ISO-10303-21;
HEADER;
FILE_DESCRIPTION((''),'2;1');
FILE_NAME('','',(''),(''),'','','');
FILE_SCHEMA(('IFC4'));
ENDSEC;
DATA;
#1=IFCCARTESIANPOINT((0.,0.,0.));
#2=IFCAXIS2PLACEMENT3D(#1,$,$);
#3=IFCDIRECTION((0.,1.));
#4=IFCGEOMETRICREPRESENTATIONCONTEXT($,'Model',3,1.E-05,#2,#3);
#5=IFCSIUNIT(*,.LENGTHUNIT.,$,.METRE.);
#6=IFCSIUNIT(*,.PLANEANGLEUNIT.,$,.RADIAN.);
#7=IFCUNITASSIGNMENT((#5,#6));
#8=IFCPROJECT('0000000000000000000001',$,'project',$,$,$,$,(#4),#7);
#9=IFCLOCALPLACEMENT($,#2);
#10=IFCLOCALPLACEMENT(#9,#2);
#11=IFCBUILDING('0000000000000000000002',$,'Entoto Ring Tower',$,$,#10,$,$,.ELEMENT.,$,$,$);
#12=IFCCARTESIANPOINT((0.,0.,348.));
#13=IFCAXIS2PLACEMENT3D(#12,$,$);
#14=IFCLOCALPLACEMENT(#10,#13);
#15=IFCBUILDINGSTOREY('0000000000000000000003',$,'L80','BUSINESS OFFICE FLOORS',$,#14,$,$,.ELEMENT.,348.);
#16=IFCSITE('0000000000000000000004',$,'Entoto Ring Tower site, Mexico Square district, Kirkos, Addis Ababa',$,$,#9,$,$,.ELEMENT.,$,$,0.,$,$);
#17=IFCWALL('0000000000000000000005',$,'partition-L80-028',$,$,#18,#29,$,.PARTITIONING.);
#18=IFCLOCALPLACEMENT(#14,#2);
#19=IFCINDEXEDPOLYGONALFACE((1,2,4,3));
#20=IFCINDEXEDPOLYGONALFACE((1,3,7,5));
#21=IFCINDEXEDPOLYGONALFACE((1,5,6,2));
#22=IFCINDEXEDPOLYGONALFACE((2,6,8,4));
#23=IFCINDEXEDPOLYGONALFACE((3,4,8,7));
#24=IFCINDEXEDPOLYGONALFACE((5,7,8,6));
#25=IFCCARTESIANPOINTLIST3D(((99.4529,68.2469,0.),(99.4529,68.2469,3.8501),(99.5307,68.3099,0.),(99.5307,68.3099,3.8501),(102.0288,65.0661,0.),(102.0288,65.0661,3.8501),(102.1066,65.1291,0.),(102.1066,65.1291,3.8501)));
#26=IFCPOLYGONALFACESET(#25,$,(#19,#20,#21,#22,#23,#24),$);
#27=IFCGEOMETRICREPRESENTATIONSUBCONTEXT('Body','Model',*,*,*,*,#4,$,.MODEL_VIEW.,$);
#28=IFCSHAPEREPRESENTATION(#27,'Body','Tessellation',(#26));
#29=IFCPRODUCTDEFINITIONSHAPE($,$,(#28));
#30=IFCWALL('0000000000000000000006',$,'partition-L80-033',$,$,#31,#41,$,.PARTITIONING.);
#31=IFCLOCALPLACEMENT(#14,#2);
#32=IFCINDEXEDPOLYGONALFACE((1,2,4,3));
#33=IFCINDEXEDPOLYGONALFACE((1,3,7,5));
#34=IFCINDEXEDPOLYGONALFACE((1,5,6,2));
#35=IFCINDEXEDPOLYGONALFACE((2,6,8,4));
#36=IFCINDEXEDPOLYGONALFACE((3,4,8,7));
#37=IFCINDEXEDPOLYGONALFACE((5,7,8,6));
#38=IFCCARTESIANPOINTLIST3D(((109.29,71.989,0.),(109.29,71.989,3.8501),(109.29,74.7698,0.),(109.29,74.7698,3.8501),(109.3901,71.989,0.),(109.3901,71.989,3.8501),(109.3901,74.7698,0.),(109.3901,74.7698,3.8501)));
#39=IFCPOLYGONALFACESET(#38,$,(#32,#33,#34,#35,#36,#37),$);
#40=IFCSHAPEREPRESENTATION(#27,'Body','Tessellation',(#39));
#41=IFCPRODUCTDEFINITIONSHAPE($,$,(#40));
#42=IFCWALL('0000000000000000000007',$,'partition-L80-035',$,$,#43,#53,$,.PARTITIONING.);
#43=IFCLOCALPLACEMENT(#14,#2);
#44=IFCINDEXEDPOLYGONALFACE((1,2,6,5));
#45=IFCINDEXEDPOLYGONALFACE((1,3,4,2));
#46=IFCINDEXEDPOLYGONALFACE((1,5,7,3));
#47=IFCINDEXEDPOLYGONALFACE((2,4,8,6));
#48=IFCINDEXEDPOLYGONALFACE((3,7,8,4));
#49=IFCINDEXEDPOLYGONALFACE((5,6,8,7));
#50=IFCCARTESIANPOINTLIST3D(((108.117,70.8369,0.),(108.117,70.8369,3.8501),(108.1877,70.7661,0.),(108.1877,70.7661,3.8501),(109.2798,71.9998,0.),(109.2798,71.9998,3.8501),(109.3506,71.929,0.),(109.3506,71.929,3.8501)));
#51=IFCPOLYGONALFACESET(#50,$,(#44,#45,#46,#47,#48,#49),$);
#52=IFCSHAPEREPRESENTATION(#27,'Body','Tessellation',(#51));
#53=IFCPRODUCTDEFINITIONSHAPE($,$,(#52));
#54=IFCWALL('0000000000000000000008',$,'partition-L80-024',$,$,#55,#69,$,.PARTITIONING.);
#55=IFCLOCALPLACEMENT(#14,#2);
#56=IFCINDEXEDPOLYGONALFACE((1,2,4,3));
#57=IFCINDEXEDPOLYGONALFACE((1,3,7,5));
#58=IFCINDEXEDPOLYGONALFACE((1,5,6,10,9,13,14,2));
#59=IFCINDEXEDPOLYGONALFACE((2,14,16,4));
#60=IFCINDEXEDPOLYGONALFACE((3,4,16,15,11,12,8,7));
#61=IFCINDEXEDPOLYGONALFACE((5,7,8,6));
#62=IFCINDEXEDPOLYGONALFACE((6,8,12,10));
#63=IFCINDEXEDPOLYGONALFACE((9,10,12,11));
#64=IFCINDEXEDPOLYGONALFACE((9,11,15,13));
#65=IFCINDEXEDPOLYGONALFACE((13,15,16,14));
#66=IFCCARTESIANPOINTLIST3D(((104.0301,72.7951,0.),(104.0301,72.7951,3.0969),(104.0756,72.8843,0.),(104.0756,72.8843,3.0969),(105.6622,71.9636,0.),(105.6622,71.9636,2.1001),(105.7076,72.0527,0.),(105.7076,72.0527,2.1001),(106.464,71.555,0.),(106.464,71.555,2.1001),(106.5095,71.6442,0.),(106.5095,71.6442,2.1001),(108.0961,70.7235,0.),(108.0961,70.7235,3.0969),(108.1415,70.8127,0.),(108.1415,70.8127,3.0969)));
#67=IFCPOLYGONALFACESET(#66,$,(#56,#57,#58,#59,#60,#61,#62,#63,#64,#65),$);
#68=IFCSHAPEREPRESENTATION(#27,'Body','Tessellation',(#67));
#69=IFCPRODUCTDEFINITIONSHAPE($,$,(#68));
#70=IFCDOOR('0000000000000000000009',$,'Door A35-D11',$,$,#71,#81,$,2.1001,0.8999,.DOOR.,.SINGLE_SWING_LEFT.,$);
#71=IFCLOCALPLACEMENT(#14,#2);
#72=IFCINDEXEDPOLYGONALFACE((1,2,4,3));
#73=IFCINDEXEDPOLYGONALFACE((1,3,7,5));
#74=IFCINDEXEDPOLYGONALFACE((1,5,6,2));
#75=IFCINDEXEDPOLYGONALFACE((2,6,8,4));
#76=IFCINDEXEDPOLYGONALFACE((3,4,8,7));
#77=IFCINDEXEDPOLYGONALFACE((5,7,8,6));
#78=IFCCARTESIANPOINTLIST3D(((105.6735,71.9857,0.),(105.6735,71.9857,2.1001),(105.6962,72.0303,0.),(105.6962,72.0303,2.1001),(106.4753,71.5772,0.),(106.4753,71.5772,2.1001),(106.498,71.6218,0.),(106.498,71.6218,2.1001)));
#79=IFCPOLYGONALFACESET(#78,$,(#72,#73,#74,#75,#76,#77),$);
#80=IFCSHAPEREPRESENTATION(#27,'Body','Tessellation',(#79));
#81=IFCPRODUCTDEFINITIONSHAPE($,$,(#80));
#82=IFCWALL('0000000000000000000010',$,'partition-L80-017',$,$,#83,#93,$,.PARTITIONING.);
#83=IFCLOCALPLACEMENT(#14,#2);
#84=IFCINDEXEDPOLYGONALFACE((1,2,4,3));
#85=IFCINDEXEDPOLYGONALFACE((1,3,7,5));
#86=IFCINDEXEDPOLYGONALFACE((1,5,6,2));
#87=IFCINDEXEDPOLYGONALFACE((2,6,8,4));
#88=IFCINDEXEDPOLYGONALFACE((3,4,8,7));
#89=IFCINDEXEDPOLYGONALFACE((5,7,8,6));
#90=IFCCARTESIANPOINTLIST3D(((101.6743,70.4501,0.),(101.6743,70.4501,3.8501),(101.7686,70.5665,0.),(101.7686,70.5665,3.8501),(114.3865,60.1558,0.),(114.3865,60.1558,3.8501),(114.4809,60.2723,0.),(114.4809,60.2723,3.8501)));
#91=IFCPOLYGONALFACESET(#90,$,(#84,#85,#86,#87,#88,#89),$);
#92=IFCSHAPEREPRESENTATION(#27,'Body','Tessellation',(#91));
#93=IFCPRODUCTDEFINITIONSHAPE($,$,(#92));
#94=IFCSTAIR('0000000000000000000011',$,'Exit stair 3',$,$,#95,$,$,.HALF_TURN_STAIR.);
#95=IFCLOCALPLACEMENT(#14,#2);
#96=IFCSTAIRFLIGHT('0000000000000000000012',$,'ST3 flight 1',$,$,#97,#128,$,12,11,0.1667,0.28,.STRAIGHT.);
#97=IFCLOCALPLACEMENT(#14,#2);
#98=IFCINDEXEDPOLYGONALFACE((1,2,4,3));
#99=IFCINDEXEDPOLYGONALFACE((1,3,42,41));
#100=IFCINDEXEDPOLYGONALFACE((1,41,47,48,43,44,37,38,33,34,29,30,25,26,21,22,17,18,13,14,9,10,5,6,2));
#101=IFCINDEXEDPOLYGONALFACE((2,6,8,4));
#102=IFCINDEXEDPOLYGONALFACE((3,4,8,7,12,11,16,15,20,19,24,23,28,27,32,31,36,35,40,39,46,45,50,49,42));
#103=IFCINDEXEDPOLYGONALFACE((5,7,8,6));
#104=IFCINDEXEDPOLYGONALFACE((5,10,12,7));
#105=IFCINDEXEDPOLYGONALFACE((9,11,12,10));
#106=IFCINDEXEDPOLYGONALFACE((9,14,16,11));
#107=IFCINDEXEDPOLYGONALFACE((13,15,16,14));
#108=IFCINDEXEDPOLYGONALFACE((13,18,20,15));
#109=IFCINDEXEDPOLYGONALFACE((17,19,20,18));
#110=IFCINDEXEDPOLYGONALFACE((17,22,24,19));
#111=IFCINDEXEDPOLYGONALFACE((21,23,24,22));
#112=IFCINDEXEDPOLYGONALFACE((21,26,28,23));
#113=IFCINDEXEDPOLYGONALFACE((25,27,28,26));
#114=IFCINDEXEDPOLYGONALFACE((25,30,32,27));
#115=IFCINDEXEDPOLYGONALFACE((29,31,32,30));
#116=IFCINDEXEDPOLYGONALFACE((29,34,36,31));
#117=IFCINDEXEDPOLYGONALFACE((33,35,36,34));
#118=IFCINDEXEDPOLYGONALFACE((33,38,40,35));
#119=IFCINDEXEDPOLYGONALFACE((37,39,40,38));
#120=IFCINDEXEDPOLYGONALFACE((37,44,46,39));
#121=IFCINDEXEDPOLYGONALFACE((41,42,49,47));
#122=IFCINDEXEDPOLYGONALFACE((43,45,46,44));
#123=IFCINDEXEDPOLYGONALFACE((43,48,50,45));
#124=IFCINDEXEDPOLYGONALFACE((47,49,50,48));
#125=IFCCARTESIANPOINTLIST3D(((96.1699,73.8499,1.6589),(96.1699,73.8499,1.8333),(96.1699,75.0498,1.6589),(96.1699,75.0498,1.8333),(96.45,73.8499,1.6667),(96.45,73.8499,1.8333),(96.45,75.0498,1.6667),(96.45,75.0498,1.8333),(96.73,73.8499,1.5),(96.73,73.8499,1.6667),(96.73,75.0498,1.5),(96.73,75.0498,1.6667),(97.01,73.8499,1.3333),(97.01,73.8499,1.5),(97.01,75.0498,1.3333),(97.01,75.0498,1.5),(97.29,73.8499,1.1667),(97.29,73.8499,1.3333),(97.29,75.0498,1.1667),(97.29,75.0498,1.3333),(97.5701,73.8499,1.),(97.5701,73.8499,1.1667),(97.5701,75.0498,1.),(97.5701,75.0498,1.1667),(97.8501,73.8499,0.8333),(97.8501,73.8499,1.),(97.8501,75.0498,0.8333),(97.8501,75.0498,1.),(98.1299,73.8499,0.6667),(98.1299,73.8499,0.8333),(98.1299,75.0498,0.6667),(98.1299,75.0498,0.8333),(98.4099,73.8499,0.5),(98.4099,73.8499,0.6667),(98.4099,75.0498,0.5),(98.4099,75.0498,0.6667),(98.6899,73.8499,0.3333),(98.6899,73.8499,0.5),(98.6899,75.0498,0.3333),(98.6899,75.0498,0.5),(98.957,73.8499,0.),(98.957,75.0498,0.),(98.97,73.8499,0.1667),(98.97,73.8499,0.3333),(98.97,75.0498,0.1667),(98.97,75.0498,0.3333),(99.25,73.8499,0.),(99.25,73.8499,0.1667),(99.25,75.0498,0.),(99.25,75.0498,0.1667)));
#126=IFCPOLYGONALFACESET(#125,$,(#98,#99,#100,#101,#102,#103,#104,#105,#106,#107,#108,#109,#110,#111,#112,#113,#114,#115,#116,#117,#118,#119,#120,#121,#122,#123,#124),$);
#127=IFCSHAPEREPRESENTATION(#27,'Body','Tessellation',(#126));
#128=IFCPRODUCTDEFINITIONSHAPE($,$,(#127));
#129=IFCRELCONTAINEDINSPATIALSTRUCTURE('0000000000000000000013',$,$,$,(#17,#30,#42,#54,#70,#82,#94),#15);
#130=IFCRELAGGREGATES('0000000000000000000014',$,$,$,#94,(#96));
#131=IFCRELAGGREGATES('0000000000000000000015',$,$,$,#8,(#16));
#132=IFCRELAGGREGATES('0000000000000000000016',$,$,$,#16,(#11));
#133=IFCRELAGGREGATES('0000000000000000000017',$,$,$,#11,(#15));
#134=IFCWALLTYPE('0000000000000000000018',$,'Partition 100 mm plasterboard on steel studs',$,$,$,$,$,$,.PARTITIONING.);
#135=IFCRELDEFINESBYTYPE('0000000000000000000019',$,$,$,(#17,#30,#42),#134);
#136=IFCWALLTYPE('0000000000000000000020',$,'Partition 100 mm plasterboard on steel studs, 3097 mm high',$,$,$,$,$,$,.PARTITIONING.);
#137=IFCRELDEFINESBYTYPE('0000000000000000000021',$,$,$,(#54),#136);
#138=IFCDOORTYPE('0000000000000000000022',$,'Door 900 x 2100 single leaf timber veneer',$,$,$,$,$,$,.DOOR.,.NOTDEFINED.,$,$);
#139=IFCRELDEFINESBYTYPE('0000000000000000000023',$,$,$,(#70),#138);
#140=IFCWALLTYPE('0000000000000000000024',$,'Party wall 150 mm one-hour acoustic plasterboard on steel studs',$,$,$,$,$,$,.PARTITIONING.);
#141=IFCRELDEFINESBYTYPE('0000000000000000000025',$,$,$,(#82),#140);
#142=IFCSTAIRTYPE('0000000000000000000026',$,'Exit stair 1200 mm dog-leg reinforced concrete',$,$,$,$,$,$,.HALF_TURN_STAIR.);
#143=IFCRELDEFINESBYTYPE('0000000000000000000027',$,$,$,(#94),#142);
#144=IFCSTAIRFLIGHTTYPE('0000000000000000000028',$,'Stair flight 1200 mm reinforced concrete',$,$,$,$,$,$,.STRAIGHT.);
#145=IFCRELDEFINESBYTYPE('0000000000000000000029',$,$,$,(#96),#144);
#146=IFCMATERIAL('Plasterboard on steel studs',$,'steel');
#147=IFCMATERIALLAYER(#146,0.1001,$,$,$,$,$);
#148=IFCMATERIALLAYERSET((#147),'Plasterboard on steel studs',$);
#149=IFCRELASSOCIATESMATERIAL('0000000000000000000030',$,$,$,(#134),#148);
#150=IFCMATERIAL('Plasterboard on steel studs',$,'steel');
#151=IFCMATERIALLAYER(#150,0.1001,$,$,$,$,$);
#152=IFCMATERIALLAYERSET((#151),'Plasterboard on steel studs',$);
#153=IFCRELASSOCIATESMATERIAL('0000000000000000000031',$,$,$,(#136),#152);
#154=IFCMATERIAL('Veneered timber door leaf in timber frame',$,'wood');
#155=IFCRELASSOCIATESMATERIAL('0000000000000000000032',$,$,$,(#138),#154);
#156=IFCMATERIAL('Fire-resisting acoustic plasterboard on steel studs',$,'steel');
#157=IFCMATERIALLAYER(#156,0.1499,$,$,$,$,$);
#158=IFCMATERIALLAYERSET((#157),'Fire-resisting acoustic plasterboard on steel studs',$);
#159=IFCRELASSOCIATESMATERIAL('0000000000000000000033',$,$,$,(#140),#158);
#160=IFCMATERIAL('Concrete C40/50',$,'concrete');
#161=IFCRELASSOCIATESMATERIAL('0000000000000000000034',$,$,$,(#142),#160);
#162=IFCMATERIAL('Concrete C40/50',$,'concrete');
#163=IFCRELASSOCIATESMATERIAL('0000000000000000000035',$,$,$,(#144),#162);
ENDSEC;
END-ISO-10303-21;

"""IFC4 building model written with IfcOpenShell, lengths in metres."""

from ifc_helpers import new_model, si_unit, direction, frame, frame_2d, origin, place, context, subcontext, project, spatial, polyline, rectangle, outline, extrude, material, layer, layer_set, type_object, element, fill, aggregate, save


model = new_model("IFC4")

# Units and contexts
model_context = context("Model", 3, precision=1e-05, world=origin(), true_north=direction((0.0, 1.0)))
body_context = subcontext(model_context, "Body", "Model", "MODEL_VIEW")
ifc_project = project(units=[si_unit("LENGTHUNIT", "METRE"), si_unit("PLANEANGLEUNIT", "RADIAN")], contexts=[model_context])

# Site, building, storey
site_placement = place(None, origin())
site = spatial("IfcSite", under=ifc_project, at=site_placement, Name="Entoto Ring Tower site, Mexico Square district, Kirkos, Addis Ababa", CompositionType="ELEMENT", RefElevation=0.0)
building_placement = place(site_placement, origin())
building = spatial("IfcBuilding", under=site, at=building_placement, Name="Entoto Ring Tower", CompositionType="ELEMENT")
storey_placement = place(building_placement, frame((0.0, 0.0, 348.0)))
storey = spatial("IfcBuildingStorey", under=building, at=storey_placement, Name="L80", Description="BUSINESS OFFICE FLOORS", CompositionType="ELEMENT", Elevation=348.0)

# Walls
ifc_material_1 = material(Name="Plasterboard on steel studs", Category="steel")
ifc_layer_1 = layer(ifc_material_1, 0.1001)
ifc_layer_set_1 = layer_set([ifc_layer_1], Name="Plasterboard on steel studs")
wall_type_1 = type_object("IfcWallType", Name="Partition 100 mm plasterboard on steel studs", PredefinedType="PARTITIONING", material=ifc_layer_set_1)
wall_1_placement = place(storey_placement, frame((102.0676, 65.0977, 0.0), z_axis=(0.0, 0.0, 1.0), x_axis=(-0.629332, 0.777137, 0.0)))
element("IfcWall", 1, at=wall_1_placement, inside=storey, type_object=wall_type_1, Name="partition-L80-028", PredefinedType="PARTITIONING", context=body_context, shape_type="SweptSolid", body=[
    extrude(rectangle(XDim=4.093, YDim=0.1001, at=frame_2d((2.0464, 0.0))), origin(), (0.0, 0.0, 1.0), 3.8501),
])
wall_2_placement = place(storey_placement, frame((109.3401, 71.989, 0.0), z_axis=(0.0, 0.0, 1.0), x_axis=(0.0, 1.0, 0.0)))
element("IfcWall", 2, at=wall_2_placement, inside=storey, type_object=wall_type_1, Name="partition-L80-033", PredefinedType="PARTITIONING", context=body_context, shape_type="SweptSolid", body=[
    extrude(rectangle(XDim=2.7808, YDim=0.1001, at=frame_2d((1.3904, 0.0))), origin(), (0.0, 0.0, 1.0), 3.8501),
])
wall_3_placement = place(storey_placement, frame((108.1523, 70.8015, 0.0), z_axis=(0.0, 0.0, 1.0), x_axis=(0.707107, 0.707107, 0.0)))
element("IfcWall", 3, at=wall_3_placement, inside=storey, type_object=wall_type_1, Name="partition-L80-035", PredefinedType="PARTITIONING", context=body_context, shape_type="SweptSolid", body=[
    extrude(rectangle(XDim=1.6445, YDim=0.1001, at=frame_2d((0.8223, 0.0))), origin(), (0.0, 0.0, 1.0), 3.8501),
])

# Wall, opening, door
ifc_material_2 = material(Name="Plasterboard on steel studs", Category="steel")
ifc_layer_2 = layer(ifc_material_2, 0.1001)
ifc_layer_set_2 = layer_set([ifc_layer_2], Name="Plasterboard on steel studs")
wall_type_2 = type_object("IfcWallType", Name="Partition 100 mm plasterboard on steel studs, 3097 mm high", PredefinedType="PARTITIONING", material=ifc_layer_set_2)
wall_4_placement = place(storey_placement, frame((108.1189, 70.7681, 0.0), z_axis=(0.0, 0.0, 1.0), x_axis=(-0.89102, 0.453963, 0.0)))
wall_4 = element("IfcWall", 4, at=wall_4_placement, inside=storey, type_object=wall_type_2, Name="partition-L80-024", PredefinedType="PARTITIONING", context=body_context, shape_type="SweptSolid", body=[
    extrude(rectangle(XDim=4.5632, YDim=0.1001, at=frame_2d((2.2817, 0.0))), origin(), (0.0, 0.0, 1.0), 3.0969),
])
opening_1_placement = place(wall_4_placement, frame((1.8318, 0.0, 0.0)))
opening_1 = element("IfcOpeningElement", 5, at=opening_1_placement, cuts=wall_4, PredefinedType="OPENING", context=body_context, shape_type="SweptSolid", body=[
    extrude(rectangle(XDim=0.8999, YDim=2.1001, at=frame_2d((0.45, 1.05))), frame((0.0, 0.0601, 0.0), z_axis=(0.0, -1.0, 0.0), x_axis=(1.0, 0.0, 0.0)), (0.0, 0.0, 1.0), 0.1201),
])
ifc_material_3 = material(Name="Veneered timber door leaf in timber frame", Category="wood")
door_type_1 = type_object("IfcDoorType", Name="Door 900 x 2100 single leaf timber veneer", OperationType="NOTDEFINED", PredefinedType="DOOR", material=ifc_material_3)
door_1_placement = place(opening_1_placement, frame((0.8999, 0.0, 0.0), z_axis=(0.0, 0.0, 1.0), x_axis=(-1.0, 0.0, 0.0)))
door_1 = element("IfcDoor", 6, at=door_1_placement, inside=storey, type_object=door_type_1, Name="Door A35-D11", OperationType="SINGLE_SWING_LEFT", OverallHeight=2.1001, OverallWidth=0.8999, PredefinedType="DOOR", context=body_context, shape_type="SweptSolid", body=[
    extrude(rectangle(XDim=0.8999, YDim=2.1001, at=frame_2d((0.45, 1.05))), frame((0.0, 0.0249, 0.0), z_axis=(0.0, -1.0, 0.0), x_axis=(1.0, 0.0, 0.0)), (0.0, 0.0, 1.0), 0.05),
])
fill(opening_1, door_1)

# Wall
ifc_material_4 = material(Name="Fire-resisting acoustic plasterboard on steel studs", Category="steel")
ifc_layer_3 = layer(ifc_material_4, 0.1499)
ifc_layer_set_3 = layer_set([ifc_layer_3], Name="Fire-resisting acoustic plasterboard on steel studs")
wall_type_3 = type_object("IfcWallType", Name="Party wall 150 mm one-hour acoustic plasterboard on steel studs", PredefinedType="PARTITIONING", material=ifc_layer_set_3)
wall_5_placement = place(storey_placement, frame((114.4336, 60.2141, 0.0), z_axis=(0.0, 0.0, 1.0), x_axis=(-0.777143, 0.629324, 0.0)))
element("IfcWall", 7, at=wall_5_placement, inside=storey, type_object=wall_type_3, Name="partition-L80-017", PredefinedType="PARTITIONING", context=body_context, shape_type="SweptSolid", body=[
    extrude(rectangle(XDim=16.3577, YDim=0.1499, at=frame_2d((8.1787, 0.0))), origin(), (0.0, 0.0, 1.0), 3.8501),
])

# Stair, stair flight
ifc_material_5 = material(Name="Concrete C40/50", Category="concrete")
stair_type = type_object("IfcStairType", Name="Exit stair 1200 mm dog-leg reinforced concrete", PredefinedType="HALF_TURN_STAIR", material=ifc_material_5)
stair_placement = place(storey_placement, origin())
stair = element("IfcStair", 8, at=stair_placement, inside=storey, type_object=stair_type, Name="Exit stair 3", PredefinedType="HALF_TURN_STAIR")
ifc_material_6 = material(Name="Concrete C40/50", Category="concrete")
stair_flight_type = type_object("IfcStairFlightType", Name="Stair flight 1200 mm reinforced concrete", PredefinedType="STRAIGHT", material=ifc_material_6)
stair_flight_placement = place(storey_placement, frame((99.25, 74.45, 0.0), z_axis=(0.0, 0.0, 1.0), x_axis=(-1.0, 0.0, 0.0)))
stair_flight = element("IfcStairFlight", 9, at=stair_flight_placement, type_object=stair_flight_type, Name="ST3 flight 1", NumberOfRisers=12, NumberOfTreads=11, PredefinedType="STRAIGHT", RiserHeight=0.1667, TreadLength=0.28, context=body_context, shape_type="SweptSolid", body=[
    extrude(outline(polyline([(0.0, 0.0), (0.0, 0.1667), (0.28, 0.1667), (0.28, 0.3333), (0.5601, 0.3333), (0.5601, 0.5), (0.8401, 0.5), (0.8401, 0.6667), (1.1201, 0.6667), (1.1201, 0.8333), (1.3999, 0.8333), (1.3999, 1.0), (1.6799, 1.0), (1.6799, 1.1667), (1.96, 1.1667), (1.96, 1.3333), (2.24, 1.3333), (2.24, 1.5), (2.52, 1.5), (2.52, 1.6667), (2.8, 1.6667), (2.8, 1.8333), (3.0801, 1.8333), (3.0801, 2.0), (3.0801, 1.6589), (0.293, 0.0), (0.0, 0.0)])), frame((0.0, 0.6001, 0.0), z_axis=(0.0, -1.0, 0.0), x_axis=(1.0, 0.0, 0.0)), (0.0, 0.0, 1.0), 1.2),
])
aggregate(stair, [stair_flight])

save(model, "model.ifc")
